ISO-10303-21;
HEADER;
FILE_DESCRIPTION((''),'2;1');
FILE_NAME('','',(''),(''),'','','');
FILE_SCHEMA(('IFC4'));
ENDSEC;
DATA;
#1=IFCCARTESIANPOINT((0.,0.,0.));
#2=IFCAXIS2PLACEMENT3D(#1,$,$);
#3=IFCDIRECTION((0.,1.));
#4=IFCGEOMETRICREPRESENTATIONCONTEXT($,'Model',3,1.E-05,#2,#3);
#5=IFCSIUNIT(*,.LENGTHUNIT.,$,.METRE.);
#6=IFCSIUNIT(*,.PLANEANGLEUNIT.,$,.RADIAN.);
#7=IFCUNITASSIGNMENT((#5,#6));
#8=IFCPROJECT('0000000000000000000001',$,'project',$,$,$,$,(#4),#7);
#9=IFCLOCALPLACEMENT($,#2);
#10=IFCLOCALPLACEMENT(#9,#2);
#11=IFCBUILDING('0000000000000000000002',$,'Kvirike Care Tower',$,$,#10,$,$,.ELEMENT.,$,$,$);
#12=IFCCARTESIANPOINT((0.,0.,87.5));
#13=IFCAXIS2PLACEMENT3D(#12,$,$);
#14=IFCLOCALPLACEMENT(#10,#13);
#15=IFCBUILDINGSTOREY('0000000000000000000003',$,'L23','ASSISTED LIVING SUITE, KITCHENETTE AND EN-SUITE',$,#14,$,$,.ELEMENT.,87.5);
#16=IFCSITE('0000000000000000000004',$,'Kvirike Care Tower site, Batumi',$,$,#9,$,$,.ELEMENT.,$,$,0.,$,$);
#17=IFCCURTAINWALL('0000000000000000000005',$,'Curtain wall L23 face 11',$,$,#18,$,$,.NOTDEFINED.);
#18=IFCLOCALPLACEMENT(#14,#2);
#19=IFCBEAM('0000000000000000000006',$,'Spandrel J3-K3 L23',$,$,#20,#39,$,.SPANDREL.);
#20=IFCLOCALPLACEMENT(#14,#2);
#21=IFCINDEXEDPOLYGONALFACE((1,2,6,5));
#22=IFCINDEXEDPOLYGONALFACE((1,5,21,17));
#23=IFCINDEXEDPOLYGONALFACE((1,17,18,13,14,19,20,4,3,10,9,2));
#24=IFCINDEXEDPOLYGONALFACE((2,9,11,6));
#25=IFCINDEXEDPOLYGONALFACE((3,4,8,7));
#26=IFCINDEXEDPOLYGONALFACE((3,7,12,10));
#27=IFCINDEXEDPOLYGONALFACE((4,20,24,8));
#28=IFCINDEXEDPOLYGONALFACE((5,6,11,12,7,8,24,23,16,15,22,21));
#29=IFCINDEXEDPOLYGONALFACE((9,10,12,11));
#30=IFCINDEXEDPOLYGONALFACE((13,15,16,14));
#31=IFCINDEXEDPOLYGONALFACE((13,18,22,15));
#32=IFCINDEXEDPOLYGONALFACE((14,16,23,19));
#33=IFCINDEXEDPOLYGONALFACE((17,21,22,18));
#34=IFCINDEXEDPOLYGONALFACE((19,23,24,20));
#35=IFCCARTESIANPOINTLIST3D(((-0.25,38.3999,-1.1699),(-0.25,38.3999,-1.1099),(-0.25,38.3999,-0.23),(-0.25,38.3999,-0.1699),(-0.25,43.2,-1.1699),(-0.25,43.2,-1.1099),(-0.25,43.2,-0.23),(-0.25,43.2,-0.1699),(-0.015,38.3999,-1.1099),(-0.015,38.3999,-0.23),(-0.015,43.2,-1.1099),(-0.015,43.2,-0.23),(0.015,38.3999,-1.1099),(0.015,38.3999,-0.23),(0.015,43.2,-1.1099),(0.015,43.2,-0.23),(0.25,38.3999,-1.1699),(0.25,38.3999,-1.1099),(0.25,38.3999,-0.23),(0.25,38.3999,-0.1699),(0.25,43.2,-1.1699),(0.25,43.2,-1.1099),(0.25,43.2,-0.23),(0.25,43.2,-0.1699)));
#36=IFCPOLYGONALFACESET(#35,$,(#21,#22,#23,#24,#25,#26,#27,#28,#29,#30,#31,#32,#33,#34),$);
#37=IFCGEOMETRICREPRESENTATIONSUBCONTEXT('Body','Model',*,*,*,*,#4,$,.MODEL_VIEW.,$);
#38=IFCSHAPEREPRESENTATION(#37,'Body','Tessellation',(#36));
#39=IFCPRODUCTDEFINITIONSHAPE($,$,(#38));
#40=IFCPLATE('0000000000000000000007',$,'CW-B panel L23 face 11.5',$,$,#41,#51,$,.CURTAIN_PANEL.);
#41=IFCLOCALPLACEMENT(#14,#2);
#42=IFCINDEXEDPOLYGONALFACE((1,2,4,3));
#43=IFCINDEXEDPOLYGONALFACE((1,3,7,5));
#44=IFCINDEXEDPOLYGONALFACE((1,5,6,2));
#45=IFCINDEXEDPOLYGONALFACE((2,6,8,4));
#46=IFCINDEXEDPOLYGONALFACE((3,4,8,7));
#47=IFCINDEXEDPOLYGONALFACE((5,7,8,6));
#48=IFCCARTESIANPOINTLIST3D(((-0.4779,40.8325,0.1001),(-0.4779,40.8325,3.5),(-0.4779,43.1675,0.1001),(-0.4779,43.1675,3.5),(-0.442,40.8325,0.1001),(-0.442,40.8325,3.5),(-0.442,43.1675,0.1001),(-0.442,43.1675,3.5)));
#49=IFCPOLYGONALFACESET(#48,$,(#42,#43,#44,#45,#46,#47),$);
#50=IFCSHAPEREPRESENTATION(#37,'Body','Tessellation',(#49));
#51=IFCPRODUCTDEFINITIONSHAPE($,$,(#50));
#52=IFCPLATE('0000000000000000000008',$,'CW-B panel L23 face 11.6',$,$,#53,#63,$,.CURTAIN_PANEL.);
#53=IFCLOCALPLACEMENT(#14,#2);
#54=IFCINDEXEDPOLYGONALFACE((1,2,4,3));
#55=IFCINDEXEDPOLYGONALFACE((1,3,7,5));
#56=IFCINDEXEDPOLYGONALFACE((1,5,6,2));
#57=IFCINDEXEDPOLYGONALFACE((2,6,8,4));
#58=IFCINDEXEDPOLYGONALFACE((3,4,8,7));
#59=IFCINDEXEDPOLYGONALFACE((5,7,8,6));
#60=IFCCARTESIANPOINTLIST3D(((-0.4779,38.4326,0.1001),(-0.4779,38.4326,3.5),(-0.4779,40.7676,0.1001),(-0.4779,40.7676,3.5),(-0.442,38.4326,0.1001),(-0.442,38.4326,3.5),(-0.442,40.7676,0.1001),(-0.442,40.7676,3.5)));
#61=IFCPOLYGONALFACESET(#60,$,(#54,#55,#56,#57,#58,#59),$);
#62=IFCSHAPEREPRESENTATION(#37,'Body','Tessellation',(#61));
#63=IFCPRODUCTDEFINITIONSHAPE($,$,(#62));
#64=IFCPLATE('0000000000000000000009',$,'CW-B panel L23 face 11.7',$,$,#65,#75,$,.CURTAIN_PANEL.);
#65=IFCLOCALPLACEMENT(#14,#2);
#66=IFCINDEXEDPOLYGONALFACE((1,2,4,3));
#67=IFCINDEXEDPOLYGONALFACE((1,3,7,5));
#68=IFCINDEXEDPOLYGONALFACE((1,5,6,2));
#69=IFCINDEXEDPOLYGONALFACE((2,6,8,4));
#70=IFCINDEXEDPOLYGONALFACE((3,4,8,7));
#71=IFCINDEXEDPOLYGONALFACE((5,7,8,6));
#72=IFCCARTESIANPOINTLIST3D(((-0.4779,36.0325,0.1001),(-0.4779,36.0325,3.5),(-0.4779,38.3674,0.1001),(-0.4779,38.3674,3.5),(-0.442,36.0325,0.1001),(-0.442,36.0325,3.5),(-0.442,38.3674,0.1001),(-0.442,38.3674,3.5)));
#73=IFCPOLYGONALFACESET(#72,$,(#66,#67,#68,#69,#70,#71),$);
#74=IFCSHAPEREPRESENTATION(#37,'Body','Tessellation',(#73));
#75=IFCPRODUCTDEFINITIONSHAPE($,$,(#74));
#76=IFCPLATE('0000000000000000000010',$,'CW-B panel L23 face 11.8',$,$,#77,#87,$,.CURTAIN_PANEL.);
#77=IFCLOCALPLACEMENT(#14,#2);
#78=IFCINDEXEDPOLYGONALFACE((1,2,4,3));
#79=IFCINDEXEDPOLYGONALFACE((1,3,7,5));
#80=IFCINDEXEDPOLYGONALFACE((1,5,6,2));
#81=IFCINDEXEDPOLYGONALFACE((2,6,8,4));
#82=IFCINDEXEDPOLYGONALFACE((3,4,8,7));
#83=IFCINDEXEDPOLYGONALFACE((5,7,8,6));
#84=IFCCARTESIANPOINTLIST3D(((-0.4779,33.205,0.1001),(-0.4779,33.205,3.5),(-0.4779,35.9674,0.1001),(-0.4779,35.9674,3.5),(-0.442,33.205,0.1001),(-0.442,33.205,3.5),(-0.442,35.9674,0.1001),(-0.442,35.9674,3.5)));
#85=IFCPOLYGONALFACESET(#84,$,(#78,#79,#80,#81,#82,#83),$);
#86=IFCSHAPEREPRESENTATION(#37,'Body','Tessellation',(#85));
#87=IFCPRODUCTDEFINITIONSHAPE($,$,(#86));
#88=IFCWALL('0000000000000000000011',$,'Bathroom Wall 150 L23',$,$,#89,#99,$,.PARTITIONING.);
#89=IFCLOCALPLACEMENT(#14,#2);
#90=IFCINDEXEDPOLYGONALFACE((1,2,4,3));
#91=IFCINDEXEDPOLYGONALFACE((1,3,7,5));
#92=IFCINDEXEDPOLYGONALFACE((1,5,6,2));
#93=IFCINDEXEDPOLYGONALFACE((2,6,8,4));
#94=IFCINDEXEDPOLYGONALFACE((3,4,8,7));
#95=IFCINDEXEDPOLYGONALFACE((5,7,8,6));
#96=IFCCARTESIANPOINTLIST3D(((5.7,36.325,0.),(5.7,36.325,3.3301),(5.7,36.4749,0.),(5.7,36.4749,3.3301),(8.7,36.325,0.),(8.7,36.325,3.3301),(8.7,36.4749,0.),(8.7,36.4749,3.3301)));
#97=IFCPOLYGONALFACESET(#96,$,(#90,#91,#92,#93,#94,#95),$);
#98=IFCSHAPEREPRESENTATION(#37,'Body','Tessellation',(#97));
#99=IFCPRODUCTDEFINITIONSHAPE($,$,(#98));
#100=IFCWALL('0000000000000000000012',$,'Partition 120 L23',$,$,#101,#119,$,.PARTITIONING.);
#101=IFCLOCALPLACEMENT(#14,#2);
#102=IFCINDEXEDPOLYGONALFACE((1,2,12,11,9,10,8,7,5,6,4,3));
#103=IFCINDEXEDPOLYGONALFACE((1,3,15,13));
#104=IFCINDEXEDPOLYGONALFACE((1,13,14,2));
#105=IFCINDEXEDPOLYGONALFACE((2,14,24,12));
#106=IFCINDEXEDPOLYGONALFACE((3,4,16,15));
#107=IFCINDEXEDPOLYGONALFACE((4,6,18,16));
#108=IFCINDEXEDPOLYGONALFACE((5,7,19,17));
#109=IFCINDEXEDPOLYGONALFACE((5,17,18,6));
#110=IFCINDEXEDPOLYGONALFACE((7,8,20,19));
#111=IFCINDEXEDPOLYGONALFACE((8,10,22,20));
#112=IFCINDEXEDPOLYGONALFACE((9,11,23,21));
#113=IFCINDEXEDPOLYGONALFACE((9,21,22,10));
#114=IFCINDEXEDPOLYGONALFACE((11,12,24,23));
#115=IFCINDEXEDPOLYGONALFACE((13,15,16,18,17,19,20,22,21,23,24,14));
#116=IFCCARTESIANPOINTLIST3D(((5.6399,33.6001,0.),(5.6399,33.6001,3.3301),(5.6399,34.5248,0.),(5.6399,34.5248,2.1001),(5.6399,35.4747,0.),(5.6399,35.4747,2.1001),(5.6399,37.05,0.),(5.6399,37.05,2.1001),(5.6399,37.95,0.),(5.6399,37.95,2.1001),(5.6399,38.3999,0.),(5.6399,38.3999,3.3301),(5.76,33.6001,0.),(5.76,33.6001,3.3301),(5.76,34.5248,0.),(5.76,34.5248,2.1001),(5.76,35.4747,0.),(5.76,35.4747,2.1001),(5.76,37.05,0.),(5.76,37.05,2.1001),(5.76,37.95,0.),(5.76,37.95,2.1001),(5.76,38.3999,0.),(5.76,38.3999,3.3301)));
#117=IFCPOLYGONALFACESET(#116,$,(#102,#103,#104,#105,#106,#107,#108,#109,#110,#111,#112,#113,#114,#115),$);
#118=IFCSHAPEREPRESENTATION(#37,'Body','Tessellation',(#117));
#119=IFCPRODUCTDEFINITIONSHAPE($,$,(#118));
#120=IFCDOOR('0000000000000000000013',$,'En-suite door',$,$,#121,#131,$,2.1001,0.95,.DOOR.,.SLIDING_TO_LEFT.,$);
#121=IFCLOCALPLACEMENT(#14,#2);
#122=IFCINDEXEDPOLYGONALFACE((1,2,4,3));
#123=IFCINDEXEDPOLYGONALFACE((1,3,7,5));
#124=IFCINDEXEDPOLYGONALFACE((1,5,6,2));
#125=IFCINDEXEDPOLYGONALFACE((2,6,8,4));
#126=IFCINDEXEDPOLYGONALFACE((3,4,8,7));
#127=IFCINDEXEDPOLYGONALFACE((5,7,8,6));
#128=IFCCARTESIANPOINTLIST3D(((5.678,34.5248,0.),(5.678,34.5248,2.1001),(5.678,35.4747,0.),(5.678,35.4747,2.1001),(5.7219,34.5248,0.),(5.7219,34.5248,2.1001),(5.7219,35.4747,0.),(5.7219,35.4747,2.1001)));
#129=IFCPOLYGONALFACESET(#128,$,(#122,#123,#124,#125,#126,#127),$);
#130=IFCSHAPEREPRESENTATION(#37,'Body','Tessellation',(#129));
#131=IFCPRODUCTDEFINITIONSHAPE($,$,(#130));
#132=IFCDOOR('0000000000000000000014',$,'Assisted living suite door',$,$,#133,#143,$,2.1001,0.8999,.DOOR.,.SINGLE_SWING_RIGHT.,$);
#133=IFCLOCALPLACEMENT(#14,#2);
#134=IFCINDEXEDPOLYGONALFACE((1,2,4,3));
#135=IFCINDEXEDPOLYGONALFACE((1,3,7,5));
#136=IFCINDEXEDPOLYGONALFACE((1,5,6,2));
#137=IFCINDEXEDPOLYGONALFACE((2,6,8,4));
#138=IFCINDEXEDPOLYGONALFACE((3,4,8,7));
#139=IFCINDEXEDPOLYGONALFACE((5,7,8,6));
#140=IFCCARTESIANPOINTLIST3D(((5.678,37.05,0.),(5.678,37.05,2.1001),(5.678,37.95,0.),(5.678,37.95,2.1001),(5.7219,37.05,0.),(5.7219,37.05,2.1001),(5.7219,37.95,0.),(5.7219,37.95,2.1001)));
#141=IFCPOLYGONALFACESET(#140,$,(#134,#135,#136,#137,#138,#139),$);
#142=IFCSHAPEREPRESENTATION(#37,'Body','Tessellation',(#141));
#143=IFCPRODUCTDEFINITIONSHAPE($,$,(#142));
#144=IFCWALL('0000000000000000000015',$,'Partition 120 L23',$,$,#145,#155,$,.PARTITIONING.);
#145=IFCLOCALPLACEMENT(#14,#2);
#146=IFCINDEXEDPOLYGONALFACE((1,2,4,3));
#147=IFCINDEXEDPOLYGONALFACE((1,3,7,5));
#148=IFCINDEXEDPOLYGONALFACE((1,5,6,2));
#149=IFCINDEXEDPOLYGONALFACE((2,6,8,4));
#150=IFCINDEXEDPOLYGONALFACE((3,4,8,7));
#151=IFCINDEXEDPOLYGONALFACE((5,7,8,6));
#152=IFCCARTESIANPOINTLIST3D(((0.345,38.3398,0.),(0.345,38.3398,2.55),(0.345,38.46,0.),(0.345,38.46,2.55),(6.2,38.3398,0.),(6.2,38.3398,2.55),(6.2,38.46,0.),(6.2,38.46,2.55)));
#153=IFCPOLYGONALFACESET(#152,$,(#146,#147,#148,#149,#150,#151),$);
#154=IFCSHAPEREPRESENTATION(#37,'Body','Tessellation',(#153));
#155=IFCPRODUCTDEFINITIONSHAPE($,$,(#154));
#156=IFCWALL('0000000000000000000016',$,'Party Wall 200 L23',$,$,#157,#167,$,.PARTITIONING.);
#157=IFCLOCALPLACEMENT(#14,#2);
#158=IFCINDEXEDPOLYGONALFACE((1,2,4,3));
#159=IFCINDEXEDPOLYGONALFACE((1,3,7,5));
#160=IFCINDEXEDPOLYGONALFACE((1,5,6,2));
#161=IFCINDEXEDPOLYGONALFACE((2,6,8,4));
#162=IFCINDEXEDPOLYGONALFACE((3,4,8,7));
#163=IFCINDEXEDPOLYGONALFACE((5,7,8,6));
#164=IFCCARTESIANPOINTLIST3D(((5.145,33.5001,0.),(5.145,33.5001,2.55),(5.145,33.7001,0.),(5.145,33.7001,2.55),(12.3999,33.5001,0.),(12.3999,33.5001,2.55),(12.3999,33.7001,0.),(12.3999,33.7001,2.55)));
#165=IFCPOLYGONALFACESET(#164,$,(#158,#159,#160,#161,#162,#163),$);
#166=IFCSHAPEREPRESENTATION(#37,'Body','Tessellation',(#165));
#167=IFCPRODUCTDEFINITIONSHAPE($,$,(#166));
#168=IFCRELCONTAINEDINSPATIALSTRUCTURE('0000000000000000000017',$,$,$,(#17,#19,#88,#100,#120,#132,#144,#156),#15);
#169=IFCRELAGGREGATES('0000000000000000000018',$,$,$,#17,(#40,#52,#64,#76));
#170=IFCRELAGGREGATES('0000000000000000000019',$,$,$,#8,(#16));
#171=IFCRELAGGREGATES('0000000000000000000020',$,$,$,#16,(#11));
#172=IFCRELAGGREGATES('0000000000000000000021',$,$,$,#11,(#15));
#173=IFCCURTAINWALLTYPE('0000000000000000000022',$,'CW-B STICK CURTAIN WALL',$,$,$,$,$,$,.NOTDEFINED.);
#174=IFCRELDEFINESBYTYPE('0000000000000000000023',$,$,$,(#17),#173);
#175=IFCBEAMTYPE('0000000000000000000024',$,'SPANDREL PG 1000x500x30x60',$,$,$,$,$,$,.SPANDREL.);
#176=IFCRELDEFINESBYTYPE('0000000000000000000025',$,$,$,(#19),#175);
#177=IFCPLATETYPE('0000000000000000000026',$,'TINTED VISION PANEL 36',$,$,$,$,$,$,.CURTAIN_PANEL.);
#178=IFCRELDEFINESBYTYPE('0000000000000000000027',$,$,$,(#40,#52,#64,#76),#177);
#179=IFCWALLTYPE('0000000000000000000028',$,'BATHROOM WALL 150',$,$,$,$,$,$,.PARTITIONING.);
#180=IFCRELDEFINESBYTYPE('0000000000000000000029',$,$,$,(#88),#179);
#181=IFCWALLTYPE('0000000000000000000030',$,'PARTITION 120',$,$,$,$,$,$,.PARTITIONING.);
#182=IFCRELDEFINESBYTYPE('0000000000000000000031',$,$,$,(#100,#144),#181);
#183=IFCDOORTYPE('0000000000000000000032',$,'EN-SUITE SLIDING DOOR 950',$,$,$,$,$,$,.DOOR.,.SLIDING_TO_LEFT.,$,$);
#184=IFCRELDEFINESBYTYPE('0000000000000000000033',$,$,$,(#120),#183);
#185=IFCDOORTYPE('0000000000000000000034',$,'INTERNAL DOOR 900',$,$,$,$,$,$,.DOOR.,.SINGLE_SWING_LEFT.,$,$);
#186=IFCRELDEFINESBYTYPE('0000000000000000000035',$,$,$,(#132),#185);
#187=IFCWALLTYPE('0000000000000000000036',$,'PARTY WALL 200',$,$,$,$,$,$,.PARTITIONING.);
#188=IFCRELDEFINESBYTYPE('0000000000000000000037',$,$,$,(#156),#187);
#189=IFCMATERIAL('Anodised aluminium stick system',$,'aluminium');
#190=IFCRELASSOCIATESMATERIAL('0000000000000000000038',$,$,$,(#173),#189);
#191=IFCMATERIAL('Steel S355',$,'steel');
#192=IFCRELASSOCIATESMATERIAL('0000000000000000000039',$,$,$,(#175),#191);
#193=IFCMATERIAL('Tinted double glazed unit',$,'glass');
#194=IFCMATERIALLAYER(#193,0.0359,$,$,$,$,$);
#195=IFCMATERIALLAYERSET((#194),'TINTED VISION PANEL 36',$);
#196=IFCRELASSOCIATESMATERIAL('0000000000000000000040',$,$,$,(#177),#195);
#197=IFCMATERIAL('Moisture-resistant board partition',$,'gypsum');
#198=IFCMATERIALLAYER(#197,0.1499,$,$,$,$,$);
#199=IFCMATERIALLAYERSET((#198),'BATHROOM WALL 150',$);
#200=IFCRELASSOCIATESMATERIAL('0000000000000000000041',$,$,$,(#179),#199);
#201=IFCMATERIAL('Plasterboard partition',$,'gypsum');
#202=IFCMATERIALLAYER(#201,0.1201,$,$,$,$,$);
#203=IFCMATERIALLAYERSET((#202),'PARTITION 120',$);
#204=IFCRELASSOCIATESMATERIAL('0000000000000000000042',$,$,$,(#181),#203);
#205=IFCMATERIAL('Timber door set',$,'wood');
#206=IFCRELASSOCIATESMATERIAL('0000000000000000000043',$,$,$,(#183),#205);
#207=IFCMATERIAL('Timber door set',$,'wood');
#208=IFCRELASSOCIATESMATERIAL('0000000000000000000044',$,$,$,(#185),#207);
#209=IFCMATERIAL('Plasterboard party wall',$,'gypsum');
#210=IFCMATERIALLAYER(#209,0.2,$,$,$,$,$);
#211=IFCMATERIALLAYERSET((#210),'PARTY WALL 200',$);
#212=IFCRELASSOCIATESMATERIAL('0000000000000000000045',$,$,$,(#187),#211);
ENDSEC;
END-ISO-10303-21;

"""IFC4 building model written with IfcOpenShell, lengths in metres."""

from ifc_helpers import new_model, si_unit, direction, frame, frame_2d, origin, origin_2d, place, context, subcontext, project, spatial, rectangle, i_section, extrude, material, layer, layer_set, material_profile, profile_set, type_object, element, fill, aggregate, save


model = new_model("IFC4")

# Units and contexts
model_context = context("Model", 3, precision=1e-05, world=origin(), true_north=direction((0.0, 1.0)))
body_context = subcontext(model_context, "Body", "Model", "MODEL_VIEW")
ifc_project = project(units=[si_unit("LENGTHUNIT", "METRE"), si_unit("PLANEANGLEUNIT", "RADIAN")], contexts=[model_context])

# Site, building, storey
site_placement = place(None, origin())
site = spatial("IfcSite", under=ifc_project, at=site_placement, Name="Kvirike Care Tower site, Batumi", CompositionType="ELEMENT", RefElevation=0.0)
building_placement = place(site_placement, origin())
building = spatial("IfcBuilding", under=site, at=building_placement, Name="Kvirike Care Tower", CompositionType="ELEMENT")
storey_placement = place(building_placement, frame((0.0, 0.0, 87.5)))
storey = spatial("IfcBuildingStorey", under=building, at=storey_placement, Name="L23", Description="ASSISTED LIVING SUITE, KITCHENETTE AND EN-SUITE", CompositionType="ELEMENT", Elevation=87.5)

# Curtain wall
ifc_material_1 = material(Name="Anodised aluminium stick system", Category="aluminium")
curtain_wall_type = type_object("IfcCurtainWallType", Name="CW-B STICK CURTAIN WALL", PredefinedType="NOTDEFINED", material=ifc_material_1)
curtain_wall_placement = place(storey_placement, origin())
curtain_wall = element("IfcCurtainWall", 1, at=curtain_wall_placement, inside=storey, type_object=curtain_wall_type, Name="Curtain wall L23 face 11", PredefinedType="NOTDEFINED")

# Beam
ifc_material_2 = material(Name="Steel S355", Category="steel")
ifc_material_profile_1 = material_profile(ifc_material_2, i_section(OverallWidth=0.5, OverallDepth=1.0, WebThickness=0.03, FlangeThickness=0.0601, at=origin_2d()), Name="PG 1000x500x30x60")
ifc_profile_set_1 = profile_set([ifc_material_profile_1], Name="Steel S355")
beam_type_1 = type_object("IfcBeamType", Name="SPANDREL PG 1000x500x30x60", PredefinedType="SPANDREL", material=ifc_profile_set_1)
beam_1_placement = place(storey_placement, frame((0.0, 38.3999, -0.6699), z_axis=(0.0, 1.0, 0.0), x_axis=(-1.0, 0.0, 0.0)))
element("IfcBeam", 2, at=beam_1_placement, inside=storey, type_object=beam_type_1, Name="Spandrel J3-K3 L23", PredefinedType="SPANDREL", context=body_context, shape_type="SweptSolid", body=[
    extrude(i_section(OverallWidth=0.5, OverallDepth=1.0, WebThickness=0.03, FlangeThickness=0.0601, at=origin_2d()), origin(), (0.0, 0.0, 1.0), 4.8),
])

# Plates
ifc_material_3 = material(Name="Tinted double glazed unit", Category="glass")
ifc_layer_1 = layer(ifc_material_3, 0.0359)
ifc_layer_set_1 = layer_set([ifc_layer_1], Name="TINTED VISION PANEL 36")
plate_type = type_object("IfcPlateType", Name="TINTED VISION PANEL 36", PredefinedType="CURTAIN_PANEL", material=ifc_layer_set_1)
plate_1_placement = place(storey_placement, frame((-0.46, 42.0, 0.1001), z_axis=(0.0, 0.0, 1.0), x_axis=(0.0, -1.0, 0.0)))
plate_1 = element("IfcPlate", 3, at=plate_1_placement, type_object=plate_type, Name="CW-B panel L23 face 11.5", PredefinedType="CURTAIN_PANEL", context=body_context, shape_type="SweptSolid", body=[
    extrude(rectangle(XDim=2.335, YDim=0.0359, at=origin_2d()), origin(), (0.0, 0.0, 1.0), 3.3999),
])
plate_2_placement = place(storey_placement, frame((-0.46, 39.6001, 0.1001), z_axis=(0.0, 0.0, 1.0), x_axis=(0.0, -1.0, 0.0)))
plate_2 = element("IfcPlate", 4, at=plate_2_placement, type_object=plate_type, Name="CW-B panel L23 face 11.6", PredefinedType="CURTAIN_PANEL", context=body_context, shape_type="SweptSolid", body=[
    extrude(rectangle(XDim=2.335, YDim=0.0359, at=origin_2d()), origin(), (0.0, 0.0, 1.0), 3.3999),
])
plate_3_placement = place(storey_placement, frame((-0.46, 37.2, 0.1001), z_axis=(0.0, 0.0, 1.0), x_axis=(0.0, -1.0, 0.0)))
plate_3 = element("IfcPlate", 5, at=plate_3_placement, type_object=plate_type, Name="CW-B panel L23 face 11.7", PredefinedType="CURTAIN_PANEL", context=body_context, shape_type="SweptSolid", body=[
    extrude(rectangle(XDim=2.335, YDim=0.0359, at=origin_2d()), origin(), (0.0, 0.0, 1.0), 3.3999),
])
plate_4_placement = place(storey_placement, frame((-0.46, 34.5862, 0.1001), z_axis=(0.0, 0.0, 1.0), x_axis=(0.0, -1.0, 0.0)))
plate_4 = element("IfcPlate", 6, at=plate_4_placement, type_object=plate_type, Name="CW-B panel L23 face 11.8", PredefinedType="CURTAIN_PANEL", context=body_context, shape_type="SweptSolid", body=[
    extrude(rectangle(XDim=2.7625, YDim=0.0359, at=origin_2d()), origin(), (0.0, 0.0, 1.0), 3.3999),
])
aggregate(curtain_wall, [plate_1, plate_2, plate_3, plate_4])

# Wall
ifc_material_4 = material(Name="Moisture-resistant board partition", Category="gypsum")
ifc_layer_2 = layer(ifc_material_4, 0.1499)
ifc_layer_set_2 = layer_set([ifc_layer_2], Name="BATHROOM WALL 150")
wall_type_1 = type_object("IfcWallType", Name="BATHROOM WALL 150", PredefinedType="PARTITIONING", material=ifc_layer_set_2)
wall_1_placement = place(storey_placement, frame((5.7, 36.3999, 0.0), z_axis=(0.0, 0.0, 1.0), x_axis=(1.0, 0.0, 0.0)))
element("IfcWall", 7, at=wall_1_placement, inside=storey, type_object=wall_type_1, Name="Bathroom Wall 150 L23", PredefinedType="PARTITIONING", context=body_context, shape_type="SweptSolid", body=[
    extrude(rectangle(XDim=3.0, YDim=0.1499, at=frame_2d((1.5, 0.0))), origin(), (0.0, 0.0, 1.0), 3.3301),
])

# Wall, openings, doors
ifc_material_5 = material(Name="Plasterboard partition", Category="gypsum")
ifc_layer_3 = layer(ifc_material_5, 0.1201)
ifc_layer_set_3 = layer_set([ifc_layer_3], Name="PARTITION 120")
wall_type_2 = type_object("IfcWallType", Name="PARTITION 120", PredefinedType="PARTITIONING", material=ifc_layer_set_3)
wall_2_placement = place(storey_placement, frame((5.7, 38.3999, 0.0), z_axis=(0.0, 0.0, 1.0), x_axis=(0.0, -1.0, 0.0)))
wall_2 = element("IfcWall", 8, at=wall_2_placement, inside=storey, type_object=wall_type_2, Name="Partition 120 L23", PredefinedType="PARTITIONING", context=body_context, shape_type="SweptSolid", body=[
    extrude(rectangle(XDim=4.7998, YDim=0.1201, at=frame_2d((2.3999, 0.0))), origin(), (0.0, 0.0, 1.0), 3.3301),
])
opening_1_placement = place(wall_2_placement, frame((0.45, 0.0, 0.0)))
opening_1 = element("IfcOpeningElement", 9, at=opening_1_placement, cuts=wall_2, PredefinedType="OPENING", context=body_context, shape_type="SweptSolid", body=[
    extrude(rectangle(XDim=0.8999, YDim=2.1001, at=frame_2d((0.45, 1.05))), frame((0.0, 0.0706, 0.0), z_axis=(0.0, -1.0, 0.0), x_axis=(1.0, 0.0, 0.0)), (0.0, 0.0, 1.0), 0.1411),
])
opening_2_placement = place(wall_2_placement, frame((2.925, 0.0, 0.0)))
opening_2 = element("IfcOpeningElement", 10, at=opening_2_placement, cuts=wall_2, PredefinedType="OPENING", context=body_context, shape_type="SweptSolid", body=[
    extrude(rectangle(XDim=0.95, YDim=2.1001, at=frame_2d((0.4751, 1.05))), frame((0.0, 0.0706, 0.0), z_axis=(0.0, -1.0, 0.0), x_axis=(1.0, 0.0, 0.0)), (0.0, 0.0, 1.0), 0.1411),
])
ifc_material_6 = material(Name="Timber door set", Category="wood")
door_type_1 = type_object("IfcDoorType", Name="EN-SUITE SLIDING DOOR 950", OperationType="SLIDING_TO_LEFT", PredefinedType="DOOR", material=ifc_material_6)
door_1_placement = place(opening_2_placement, origin())
door_1 = element("IfcDoor", 11, at=door_1_placement, inside=storey, type_object=door_type_1, Name="En-suite door", OperationType="SLIDING_TO_LEFT", OverallHeight=2.1001, OverallWidth=0.95, PredefinedType="DOOR", context=body_context, shape_type="SweptSolid", body=[
    extrude(rectangle(XDim=0.95, YDim=2.1001, at=frame_2d((0.4751, 1.05))), frame((0.0, 0.022, 0.0), z_axis=(0.0, -1.0, 0.0), x_axis=(1.0, 0.0, 0.0)), (0.0, 0.0, 1.0), 0.0439),
])
fill(opening_2, door_1)
ifc_material_7 = material(Name="Timber door set", Category="wood")
door_type_2 = type_object("IfcDoorType", Name="INTERNAL DOOR 900", OperationType="SINGLE_SWING_LEFT", PredefinedType="DOOR", material=ifc_material_7)
door_2_placement = place(opening_1_placement, origin())
door_2 = element("IfcDoor", 12, at=door_2_placement, inside=storey, type_object=door_type_2, Name="Assisted living suite door", OperationType="SINGLE_SWING_RIGHT", OverallHeight=2.1001, OverallWidth=0.8999, PredefinedType="DOOR", context=body_context, shape_type="SweptSolid", body=[
    extrude(rectangle(XDim=0.8999, YDim=2.1001, at=frame_2d((0.45, 1.05))), frame((0.0, 0.022, 0.0), z_axis=(0.0, -1.0, 0.0), x_axis=(1.0, 0.0, 0.0)), (0.0, 0.0, 1.0), 0.0439),
])
fill(opening_1, door_2)

# Walls
wall_3_placement = place(storey_placement, frame((0.345, 38.3999, 0.0), z_axis=(0.0, 0.0, 1.0), x_axis=(1.0, 0.0, 0.0)))
element("IfcWall", 13, at=wall_3_placement, inside=storey, type_object=wall_type_2, Name="Partition 120 L23", PredefinedType="PARTITIONING", context=body_context, shape_type="SweptSolid", body=[
    extrude(rectangle(XDim=5.855, YDim=0.1201, at=frame_2d((2.9275, 0.0))), origin(), (0.0, 0.0, 1.0), 2.55),
])
ifc_material_8 = material(Name="Plasterboard party wall", Category="gypsum")
ifc_layer_4 = layer(ifc_material_8, 0.2)
ifc_layer_set_4 = layer_set([ifc_layer_4], Name="PARTY WALL 200")
wall_type_3 = type_object("IfcWallType", Name="PARTY WALL 200", PredefinedType="PARTITIONING", material=ifc_layer_set_4)
wall_4_placement = place(storey_placement, frame((5.145, 33.6001, 0.0), z_axis=(0.0, 0.0, 1.0), x_axis=(1.0, 0.0, 0.0)))
element("IfcWall", 14, at=wall_4_placement, inside=storey, type_object=wall_type_3, Name="Party Wall 200 L23", PredefinedType="PARTITIONING", context=body_context, shape_type="SweptSolid", body=[
    extrude(rectangle(XDim=7.2549, YDim=0.2, at=frame_2d((3.6274, 0.0))), origin(), (0.0, 0.0, 1.0), 2.55),
])

save(model, "model.ifc")
